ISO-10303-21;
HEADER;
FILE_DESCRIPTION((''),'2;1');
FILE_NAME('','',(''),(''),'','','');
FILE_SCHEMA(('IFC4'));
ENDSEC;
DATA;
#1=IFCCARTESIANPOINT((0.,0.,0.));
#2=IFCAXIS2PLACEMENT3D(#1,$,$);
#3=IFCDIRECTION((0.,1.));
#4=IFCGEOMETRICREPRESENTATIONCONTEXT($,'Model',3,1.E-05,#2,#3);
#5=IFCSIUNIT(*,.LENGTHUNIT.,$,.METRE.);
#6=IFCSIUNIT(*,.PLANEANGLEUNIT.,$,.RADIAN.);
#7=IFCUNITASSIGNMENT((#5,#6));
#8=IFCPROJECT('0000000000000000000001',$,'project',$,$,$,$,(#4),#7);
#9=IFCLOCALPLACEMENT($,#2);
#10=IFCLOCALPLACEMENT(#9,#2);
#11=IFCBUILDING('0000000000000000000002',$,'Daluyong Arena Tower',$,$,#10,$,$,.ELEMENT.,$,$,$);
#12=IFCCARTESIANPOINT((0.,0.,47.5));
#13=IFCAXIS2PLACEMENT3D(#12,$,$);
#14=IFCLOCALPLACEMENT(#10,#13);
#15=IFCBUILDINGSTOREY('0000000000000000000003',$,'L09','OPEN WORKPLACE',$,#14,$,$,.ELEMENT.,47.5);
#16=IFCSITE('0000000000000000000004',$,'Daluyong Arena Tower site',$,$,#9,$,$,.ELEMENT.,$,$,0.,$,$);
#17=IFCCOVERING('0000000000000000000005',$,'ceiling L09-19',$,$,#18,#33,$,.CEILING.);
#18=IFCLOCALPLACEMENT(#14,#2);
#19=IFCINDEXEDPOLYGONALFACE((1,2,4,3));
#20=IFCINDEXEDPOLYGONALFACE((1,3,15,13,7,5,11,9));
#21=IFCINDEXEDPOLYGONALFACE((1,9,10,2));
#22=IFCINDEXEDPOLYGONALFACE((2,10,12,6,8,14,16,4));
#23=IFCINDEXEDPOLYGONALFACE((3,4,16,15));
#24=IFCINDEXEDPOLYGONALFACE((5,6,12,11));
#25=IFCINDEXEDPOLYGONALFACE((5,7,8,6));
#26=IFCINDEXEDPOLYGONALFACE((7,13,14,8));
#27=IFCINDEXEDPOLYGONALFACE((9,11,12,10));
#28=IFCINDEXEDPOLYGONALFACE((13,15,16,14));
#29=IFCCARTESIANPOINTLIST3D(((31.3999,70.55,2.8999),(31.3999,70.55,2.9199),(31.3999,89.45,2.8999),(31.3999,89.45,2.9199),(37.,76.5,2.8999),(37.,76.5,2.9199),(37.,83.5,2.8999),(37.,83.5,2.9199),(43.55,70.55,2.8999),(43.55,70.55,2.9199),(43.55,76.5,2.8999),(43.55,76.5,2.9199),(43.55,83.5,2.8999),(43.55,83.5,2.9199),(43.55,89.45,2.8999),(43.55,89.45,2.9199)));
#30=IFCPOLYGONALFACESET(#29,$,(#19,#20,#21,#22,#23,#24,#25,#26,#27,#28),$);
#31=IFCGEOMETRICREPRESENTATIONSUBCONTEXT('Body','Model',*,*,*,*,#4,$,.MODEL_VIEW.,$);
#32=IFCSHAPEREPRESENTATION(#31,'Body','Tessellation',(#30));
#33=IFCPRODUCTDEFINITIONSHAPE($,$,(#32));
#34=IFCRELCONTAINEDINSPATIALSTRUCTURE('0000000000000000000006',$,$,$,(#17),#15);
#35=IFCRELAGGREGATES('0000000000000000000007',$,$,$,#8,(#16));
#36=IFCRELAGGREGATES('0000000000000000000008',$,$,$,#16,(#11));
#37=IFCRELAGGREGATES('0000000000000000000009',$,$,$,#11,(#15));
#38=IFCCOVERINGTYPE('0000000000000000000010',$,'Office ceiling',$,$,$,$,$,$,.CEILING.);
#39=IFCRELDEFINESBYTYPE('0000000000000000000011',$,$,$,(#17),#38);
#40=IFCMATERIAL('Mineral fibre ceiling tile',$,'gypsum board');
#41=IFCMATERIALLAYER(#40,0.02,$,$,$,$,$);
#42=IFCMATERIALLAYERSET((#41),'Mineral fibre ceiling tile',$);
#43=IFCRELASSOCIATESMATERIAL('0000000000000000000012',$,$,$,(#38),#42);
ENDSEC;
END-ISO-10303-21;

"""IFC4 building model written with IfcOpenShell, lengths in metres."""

from ifc_helpers import new_model, si_unit, direction, frame, origin, place, context, subcontext, project, spatial, polyline, outline, extrude, material, layer, layer_set, type_object, element, save


model = new_model("IFC4")

# Units and contexts
model_context = context("Model", 3, precision=1e-05, world=origin(), true_north=direction((0.0, 1.0)))
body_context = subcontext(model_context, "Body", "Model", "MODEL_VIEW")
ifc_project = project(units=[si_unit("LENGTHUNIT", "METRE"), si_unit("PLANEANGLEUNIT", "RADIAN")], contexts=[model_context])

# Site, building, storey
site_placement = place(None, origin())
site = spatial("IfcSite", under=ifc_project, at=site_placement, Name="Daluyong Arena Tower site", CompositionType="ELEMENT", RefElevation=0.0)
building_placement = place(site_placement, origin())
building = spatial("IfcBuilding", under=site, at=building_placement, Name="Daluyong Arena Tower", CompositionType="ELEMENT")
storey_placement = place(building_placement, frame((0.0, 0.0, 47.5)))
storey = spatial("IfcBuildingStorey", under=building, at=storey_placement, Name="L09", Description="OPEN WORKPLACE", CompositionType="ELEMENT", Elevation=47.5)

# Covering
ifc_material_1 = material(Name="Mineral fibre ceiling tile", Category="gypsum board")
ifc_layer_1 = layer(ifc_material_1, 0.02)
ifc_layer_set_1 = layer_set([ifc_layer_1], Name="Mineral fibre ceiling tile")
covering_type = type_object("IfcCoveringType", Name="Office ceiling", PredefinedType="CEILING", material=ifc_layer_set_1)
covering_1_placement = place(storey_placement, frame((0.0, 0.0, 2.8999)))
element("IfcCovering", 1, at=covering_1_placement, inside=storey, type_object=covering_type, Name="ceiling L09-19", PredefinedType="CEILING", context=body_context, shape_type="SweptSolid", body=[
    extrude(outline(polyline([(31.3999, 89.45), (31.3999, 70.55), (43.55, 70.55), (43.55, 76.5), (37.0, 76.5), (37.0, 83.5), (43.55, 83.5), (43.55, 89.45), (31.3999, 89.45)])), origin(), (0.0, 0.0, 1.0), 0.02),
])

save(model, "model.ifc")
